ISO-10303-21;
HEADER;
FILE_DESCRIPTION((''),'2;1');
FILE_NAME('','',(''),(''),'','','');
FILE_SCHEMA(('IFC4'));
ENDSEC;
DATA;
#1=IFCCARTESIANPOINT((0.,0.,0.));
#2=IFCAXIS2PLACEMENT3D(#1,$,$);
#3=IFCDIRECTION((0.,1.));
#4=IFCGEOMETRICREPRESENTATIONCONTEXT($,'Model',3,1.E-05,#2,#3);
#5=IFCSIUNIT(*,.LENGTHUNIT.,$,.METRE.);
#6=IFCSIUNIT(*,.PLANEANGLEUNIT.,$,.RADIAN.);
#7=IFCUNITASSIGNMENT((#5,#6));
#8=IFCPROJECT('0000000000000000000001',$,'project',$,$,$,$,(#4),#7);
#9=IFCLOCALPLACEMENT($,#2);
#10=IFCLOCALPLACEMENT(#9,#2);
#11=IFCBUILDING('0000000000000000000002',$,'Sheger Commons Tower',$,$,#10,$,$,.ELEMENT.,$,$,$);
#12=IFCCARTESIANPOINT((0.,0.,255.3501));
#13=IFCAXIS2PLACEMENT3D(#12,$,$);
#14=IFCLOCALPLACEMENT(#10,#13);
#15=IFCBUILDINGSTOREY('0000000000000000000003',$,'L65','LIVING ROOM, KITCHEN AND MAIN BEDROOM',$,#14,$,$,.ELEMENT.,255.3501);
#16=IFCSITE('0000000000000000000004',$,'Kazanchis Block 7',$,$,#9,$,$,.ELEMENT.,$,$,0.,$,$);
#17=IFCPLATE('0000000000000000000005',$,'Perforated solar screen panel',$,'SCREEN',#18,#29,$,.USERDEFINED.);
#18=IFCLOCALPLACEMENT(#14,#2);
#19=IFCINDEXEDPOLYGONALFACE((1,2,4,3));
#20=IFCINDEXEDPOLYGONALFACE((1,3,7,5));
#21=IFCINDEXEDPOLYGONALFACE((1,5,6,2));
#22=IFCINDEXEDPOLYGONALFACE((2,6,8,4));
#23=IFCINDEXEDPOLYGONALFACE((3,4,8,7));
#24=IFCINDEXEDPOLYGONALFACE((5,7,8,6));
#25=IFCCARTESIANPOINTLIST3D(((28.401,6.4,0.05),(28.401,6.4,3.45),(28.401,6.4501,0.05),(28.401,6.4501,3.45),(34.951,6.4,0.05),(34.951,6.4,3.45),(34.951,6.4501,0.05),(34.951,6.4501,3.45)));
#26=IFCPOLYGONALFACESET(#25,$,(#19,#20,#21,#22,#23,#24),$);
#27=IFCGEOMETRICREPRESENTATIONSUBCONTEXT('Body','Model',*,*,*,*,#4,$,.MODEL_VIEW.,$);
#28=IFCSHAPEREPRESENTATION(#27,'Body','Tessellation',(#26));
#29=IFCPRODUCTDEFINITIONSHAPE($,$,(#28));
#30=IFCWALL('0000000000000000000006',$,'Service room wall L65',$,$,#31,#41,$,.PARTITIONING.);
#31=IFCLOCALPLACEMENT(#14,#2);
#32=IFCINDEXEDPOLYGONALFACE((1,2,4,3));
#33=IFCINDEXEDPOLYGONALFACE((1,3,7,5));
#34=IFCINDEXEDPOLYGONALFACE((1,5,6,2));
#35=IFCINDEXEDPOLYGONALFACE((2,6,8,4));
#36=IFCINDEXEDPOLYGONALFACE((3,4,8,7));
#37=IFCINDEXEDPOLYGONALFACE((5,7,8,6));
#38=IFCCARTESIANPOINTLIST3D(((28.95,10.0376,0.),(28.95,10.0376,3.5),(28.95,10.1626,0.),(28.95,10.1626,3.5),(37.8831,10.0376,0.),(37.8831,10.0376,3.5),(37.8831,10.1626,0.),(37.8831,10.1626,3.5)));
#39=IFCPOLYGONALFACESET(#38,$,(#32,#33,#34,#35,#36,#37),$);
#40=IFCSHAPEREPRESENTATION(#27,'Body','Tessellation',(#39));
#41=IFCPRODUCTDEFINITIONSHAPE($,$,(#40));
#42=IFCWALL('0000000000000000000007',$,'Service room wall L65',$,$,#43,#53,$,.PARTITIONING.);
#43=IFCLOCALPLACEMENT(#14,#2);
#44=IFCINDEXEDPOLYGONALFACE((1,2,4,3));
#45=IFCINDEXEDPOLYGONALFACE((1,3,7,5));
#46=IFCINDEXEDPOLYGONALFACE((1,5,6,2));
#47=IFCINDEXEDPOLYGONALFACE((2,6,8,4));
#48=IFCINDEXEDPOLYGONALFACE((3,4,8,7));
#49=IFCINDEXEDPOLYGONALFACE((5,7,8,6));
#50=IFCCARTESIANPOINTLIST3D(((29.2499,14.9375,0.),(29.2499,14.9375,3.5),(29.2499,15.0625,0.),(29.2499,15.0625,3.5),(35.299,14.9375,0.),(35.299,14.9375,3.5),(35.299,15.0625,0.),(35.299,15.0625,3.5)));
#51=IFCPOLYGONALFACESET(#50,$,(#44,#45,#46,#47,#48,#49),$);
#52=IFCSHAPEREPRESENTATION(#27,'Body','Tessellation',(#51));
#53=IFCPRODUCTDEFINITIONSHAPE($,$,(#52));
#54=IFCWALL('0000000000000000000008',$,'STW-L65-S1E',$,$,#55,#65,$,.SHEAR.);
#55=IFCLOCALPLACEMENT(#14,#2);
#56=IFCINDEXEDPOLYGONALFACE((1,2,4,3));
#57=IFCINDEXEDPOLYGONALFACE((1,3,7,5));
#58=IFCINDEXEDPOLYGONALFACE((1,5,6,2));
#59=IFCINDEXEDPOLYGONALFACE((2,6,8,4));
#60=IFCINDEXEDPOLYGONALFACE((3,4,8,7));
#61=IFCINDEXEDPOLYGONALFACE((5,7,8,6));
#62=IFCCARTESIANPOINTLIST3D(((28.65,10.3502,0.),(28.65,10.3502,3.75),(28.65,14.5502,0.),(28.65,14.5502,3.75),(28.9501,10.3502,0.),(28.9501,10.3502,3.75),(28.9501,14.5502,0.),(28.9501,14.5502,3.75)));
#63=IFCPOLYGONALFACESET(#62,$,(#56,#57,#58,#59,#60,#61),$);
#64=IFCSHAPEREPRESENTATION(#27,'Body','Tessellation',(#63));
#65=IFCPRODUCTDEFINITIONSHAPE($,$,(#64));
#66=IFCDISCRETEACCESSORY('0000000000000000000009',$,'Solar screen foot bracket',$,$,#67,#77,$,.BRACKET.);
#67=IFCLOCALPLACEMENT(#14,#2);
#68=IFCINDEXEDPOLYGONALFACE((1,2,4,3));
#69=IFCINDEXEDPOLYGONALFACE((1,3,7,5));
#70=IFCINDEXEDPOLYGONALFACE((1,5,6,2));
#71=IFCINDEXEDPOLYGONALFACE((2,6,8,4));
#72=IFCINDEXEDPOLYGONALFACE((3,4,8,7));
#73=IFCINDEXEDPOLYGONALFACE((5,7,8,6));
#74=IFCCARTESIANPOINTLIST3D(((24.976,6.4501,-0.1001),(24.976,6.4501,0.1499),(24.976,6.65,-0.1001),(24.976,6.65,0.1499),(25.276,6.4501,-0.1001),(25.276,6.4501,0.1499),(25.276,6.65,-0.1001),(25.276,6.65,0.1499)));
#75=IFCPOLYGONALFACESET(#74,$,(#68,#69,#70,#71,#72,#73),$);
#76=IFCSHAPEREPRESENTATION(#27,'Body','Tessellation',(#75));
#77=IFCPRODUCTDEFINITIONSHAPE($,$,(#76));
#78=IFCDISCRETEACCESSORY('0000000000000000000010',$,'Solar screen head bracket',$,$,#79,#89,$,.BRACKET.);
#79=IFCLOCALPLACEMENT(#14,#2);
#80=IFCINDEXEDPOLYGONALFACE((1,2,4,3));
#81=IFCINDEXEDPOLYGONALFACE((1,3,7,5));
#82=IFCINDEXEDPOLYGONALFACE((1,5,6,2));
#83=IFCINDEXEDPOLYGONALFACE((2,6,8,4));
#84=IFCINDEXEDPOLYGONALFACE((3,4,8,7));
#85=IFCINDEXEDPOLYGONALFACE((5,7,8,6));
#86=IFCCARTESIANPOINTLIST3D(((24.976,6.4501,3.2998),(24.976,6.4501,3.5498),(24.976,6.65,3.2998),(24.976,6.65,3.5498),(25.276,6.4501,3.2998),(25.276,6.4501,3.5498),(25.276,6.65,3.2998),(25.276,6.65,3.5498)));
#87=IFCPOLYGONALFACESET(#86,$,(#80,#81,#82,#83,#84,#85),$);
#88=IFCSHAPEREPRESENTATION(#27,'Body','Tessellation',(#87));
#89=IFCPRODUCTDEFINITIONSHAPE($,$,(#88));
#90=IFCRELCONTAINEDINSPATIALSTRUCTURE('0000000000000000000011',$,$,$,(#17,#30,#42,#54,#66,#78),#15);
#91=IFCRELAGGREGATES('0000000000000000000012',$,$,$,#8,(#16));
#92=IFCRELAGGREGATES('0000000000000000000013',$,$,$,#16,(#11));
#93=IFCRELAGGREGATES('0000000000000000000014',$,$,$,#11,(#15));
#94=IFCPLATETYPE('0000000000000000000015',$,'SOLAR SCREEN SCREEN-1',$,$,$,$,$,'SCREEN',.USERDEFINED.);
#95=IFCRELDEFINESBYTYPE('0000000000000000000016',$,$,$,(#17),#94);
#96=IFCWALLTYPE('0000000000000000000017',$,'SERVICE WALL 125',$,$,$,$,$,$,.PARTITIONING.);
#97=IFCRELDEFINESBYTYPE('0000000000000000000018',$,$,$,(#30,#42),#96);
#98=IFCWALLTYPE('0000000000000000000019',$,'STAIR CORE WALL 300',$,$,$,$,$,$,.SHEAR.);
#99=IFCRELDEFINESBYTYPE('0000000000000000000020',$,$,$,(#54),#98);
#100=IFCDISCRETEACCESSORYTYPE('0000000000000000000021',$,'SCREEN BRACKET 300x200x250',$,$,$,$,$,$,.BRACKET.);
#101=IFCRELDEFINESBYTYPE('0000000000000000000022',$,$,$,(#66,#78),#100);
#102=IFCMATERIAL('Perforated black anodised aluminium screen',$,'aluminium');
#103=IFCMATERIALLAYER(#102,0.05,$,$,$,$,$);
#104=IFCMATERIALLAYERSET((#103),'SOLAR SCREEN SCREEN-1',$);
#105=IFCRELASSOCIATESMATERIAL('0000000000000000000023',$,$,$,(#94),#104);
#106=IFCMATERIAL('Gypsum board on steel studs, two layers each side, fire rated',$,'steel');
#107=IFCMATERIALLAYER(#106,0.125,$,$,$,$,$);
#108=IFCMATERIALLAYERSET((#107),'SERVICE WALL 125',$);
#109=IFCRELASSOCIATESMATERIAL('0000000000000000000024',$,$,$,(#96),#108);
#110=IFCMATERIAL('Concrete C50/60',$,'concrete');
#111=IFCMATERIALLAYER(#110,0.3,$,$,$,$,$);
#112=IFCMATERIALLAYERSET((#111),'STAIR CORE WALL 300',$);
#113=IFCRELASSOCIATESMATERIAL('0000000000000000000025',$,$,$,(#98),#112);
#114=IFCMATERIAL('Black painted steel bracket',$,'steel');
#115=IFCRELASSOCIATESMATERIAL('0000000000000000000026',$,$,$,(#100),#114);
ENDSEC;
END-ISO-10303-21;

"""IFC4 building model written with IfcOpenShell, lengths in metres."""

from ifc_helpers import new_model, si_unit, direction, frame, frame_2d, origin, origin_2d, place, context, subcontext, project, spatial, rectangle, extrude, material, layer, layer_set, type_object, element, save


model = new_model("IFC4")

# Units and contexts
model_context = context("Model", 3, precision=1e-05, world=origin(), true_north=direction((0.0, 1.0)))
body_context = subcontext(model_context, "Body", "Model", "MODEL_VIEW")
ifc_project = project(units=[si_unit("LENGTHUNIT", "METRE"), si_unit("PLANEANGLEUNIT", "RADIAN")], contexts=[model_context])

# Site, building, storey
site_placement = place(None, origin())
site = spatial("IfcSite", under=ifc_project, at=site_placement, Name="Kazanchis Block 7", CompositionType="ELEMENT", RefElevation=0.0)
building_placement = place(site_placement, origin())
building = spatial("IfcBuilding", under=site, at=building_placement, Name="Sheger Commons Tower", CompositionType="ELEMENT")
storey_placement = place(building_placement, frame((0.0, 0.0, 255.3501)))
storey = spatial("IfcBuildingStorey", under=building, at=storey_placement, Name="L65", Description="LIVING ROOM, KITCHEN AND MAIN BEDROOM", CompositionType="ELEMENT", Elevation=255.3501)

# Plate
ifc_material_1 = material(Name="Perforated black anodised aluminium screen", Category="aluminium")
ifc_layer_1 = layer(ifc_material_1, 0.05)
ifc_layer_set_1 = layer_set([ifc_layer_1], Name="SOLAR SCREEN SCREEN-1")
plate_type_1 = type_object("IfcPlateType", Name="SOLAR SCREEN SCREEN-1", ElementType="SCREEN", PredefinedType="USERDEFINED", material=ifc_layer_set_1)
for number, where, z_axis, x_axis, name in (
    (1, (31.676, 6.425, 0.05), (0.0, 0.0, 1.0), (1.0, 0.0, 0.0), "Perforated solar screen panel"),
):
    element("IfcPlate", number, at=place(storey_placement, frame(where, z_axis=z_axis, x_axis=x_axis)), inside=storey, type_object=plate_type_1, Name=name, ObjectType="SCREEN", PredefinedType="USERDEFINED", context=body_context, shape_type="SweptSolid", body=[
        extrude(rectangle(XDim=6.55, YDim=0.05, at=origin_2d()), origin(), (0.0, 0.0, 1.0), 3.3999),
    ])

# Walls
ifc_material_2 = material(Name="Gypsum board on steel studs, two layers each side, fire rated", Category="steel")
ifc_layer_2 = layer(ifc_material_2, 0.125)
ifc_layer_set_2 = layer_set([ifc_layer_2], Name="SERVICE WALL 125")
wall_type_1 = type_object("IfcWallType", Name="SERVICE WALL 125", PredefinedType="PARTITIONING", material=ifc_layer_set_2)
wall_1_placement = place(storey_placement, frame((28.95, 10.1001, 0.0), z_axis=(0.0, 0.0, 1.0), x_axis=(1.0, 0.0, 0.0)))
element("IfcWall", 2, at=wall_1_placement, inside=storey, type_object=wall_type_1, Name="Service room wall L65", PredefinedType="PARTITIONING", context=body_context, shape_type="SweptSolid", body=[
    extrude(rectangle(XDim=8.9331, YDim=0.125, at=frame_2d((4.4666, 0.0))), origin(), (0.0, 0.0, 1.0), 3.5),
])
wall_2_placement = place(storey_placement, frame((29.25, 15.0, 0.0), z_axis=(0.0, 0.0, 1.0), x_axis=(1.0, 0.0, 0.0)))
element("IfcWall", 3, at=wall_2_placement, inside=storey, type_object=wall_type_1, Name="Service room wall L65", PredefinedType="PARTITIONING", context=body_context, shape_type="SweptSolid", body=[
    extrude(rectangle(XDim=6.0491, YDim=0.125, at=frame_2d((3.0244, 0.0))), origin(), (0.0, 0.0, 1.0), 3.5),
])
ifc_material_3 = material(Name="Concrete C50/60", Category="concrete")
ifc_layer_3 = layer(ifc_material_3, 0.3)
ifc_layer_set_3 = layer_set([ifc_layer_3], Name="STAIR CORE WALL 300")
wall_type_2 = type_object("IfcWallType", Name="STAIR CORE WALL 300", PredefinedType="SHEAR", material=ifc_layer_set_3)
wall_3_placement = place(storey_placement, frame((28.8, 10.3501, 0.0), z_axis=(0.0, 0.0, 1.0), x_axis=(0.0, 1.0, 0.0)))
element("IfcWall", 4, at=wall_3_placement, inside=storey, type_object=wall_type_2, Name="STW-L65-S1E", PredefinedType="SHEAR", context=body_context, shape_type="SweptSolid", body=[
    extrude(rectangle(XDim=4.2, YDim=0.3, at=frame_2d((2.1001, 0.0))), origin(), (0.0, 0.0, 1.0), 3.75),
])

# Discrete accessories
ifc_material_4 = material(Name="Black painted steel bracket", Category="steel")
discrete_accessory_type = type_object("IfcDiscreteAccessoryType", Name="SCREEN BRACKET 300x200x250", PredefinedType="BRACKET", material=ifc_material_4)
for number, where, z_axis, x_axis, name in (
    (5, (25.126, 6.55, -0.1001), (0.0, 0.0, 1.0), (1.0, 0.0, 0.0), "Solar screen foot bracket"),
    (6, (25.126, 6.55, 3.2998), (0.0, 0.0, 1.0), (1.0, 0.0, 0.0), "Solar screen head bracket"),
):
    element("IfcDiscreteAccessory", number, at=place(storey_placement, frame(where, z_axis=z_axis, x_axis=x_axis)), inside=storey, type_object=discrete_accessory_type, Name=name, PredefinedType="BRACKET", context=body_context, shape_type="SweptSolid", body=[
        extrude(rectangle(XDim=0.3, YDim=0.2, at=origin_2d()), origin(), (0.0, 0.0, 1.0), 0.25),
    ])

save(model, "model.ifc")
